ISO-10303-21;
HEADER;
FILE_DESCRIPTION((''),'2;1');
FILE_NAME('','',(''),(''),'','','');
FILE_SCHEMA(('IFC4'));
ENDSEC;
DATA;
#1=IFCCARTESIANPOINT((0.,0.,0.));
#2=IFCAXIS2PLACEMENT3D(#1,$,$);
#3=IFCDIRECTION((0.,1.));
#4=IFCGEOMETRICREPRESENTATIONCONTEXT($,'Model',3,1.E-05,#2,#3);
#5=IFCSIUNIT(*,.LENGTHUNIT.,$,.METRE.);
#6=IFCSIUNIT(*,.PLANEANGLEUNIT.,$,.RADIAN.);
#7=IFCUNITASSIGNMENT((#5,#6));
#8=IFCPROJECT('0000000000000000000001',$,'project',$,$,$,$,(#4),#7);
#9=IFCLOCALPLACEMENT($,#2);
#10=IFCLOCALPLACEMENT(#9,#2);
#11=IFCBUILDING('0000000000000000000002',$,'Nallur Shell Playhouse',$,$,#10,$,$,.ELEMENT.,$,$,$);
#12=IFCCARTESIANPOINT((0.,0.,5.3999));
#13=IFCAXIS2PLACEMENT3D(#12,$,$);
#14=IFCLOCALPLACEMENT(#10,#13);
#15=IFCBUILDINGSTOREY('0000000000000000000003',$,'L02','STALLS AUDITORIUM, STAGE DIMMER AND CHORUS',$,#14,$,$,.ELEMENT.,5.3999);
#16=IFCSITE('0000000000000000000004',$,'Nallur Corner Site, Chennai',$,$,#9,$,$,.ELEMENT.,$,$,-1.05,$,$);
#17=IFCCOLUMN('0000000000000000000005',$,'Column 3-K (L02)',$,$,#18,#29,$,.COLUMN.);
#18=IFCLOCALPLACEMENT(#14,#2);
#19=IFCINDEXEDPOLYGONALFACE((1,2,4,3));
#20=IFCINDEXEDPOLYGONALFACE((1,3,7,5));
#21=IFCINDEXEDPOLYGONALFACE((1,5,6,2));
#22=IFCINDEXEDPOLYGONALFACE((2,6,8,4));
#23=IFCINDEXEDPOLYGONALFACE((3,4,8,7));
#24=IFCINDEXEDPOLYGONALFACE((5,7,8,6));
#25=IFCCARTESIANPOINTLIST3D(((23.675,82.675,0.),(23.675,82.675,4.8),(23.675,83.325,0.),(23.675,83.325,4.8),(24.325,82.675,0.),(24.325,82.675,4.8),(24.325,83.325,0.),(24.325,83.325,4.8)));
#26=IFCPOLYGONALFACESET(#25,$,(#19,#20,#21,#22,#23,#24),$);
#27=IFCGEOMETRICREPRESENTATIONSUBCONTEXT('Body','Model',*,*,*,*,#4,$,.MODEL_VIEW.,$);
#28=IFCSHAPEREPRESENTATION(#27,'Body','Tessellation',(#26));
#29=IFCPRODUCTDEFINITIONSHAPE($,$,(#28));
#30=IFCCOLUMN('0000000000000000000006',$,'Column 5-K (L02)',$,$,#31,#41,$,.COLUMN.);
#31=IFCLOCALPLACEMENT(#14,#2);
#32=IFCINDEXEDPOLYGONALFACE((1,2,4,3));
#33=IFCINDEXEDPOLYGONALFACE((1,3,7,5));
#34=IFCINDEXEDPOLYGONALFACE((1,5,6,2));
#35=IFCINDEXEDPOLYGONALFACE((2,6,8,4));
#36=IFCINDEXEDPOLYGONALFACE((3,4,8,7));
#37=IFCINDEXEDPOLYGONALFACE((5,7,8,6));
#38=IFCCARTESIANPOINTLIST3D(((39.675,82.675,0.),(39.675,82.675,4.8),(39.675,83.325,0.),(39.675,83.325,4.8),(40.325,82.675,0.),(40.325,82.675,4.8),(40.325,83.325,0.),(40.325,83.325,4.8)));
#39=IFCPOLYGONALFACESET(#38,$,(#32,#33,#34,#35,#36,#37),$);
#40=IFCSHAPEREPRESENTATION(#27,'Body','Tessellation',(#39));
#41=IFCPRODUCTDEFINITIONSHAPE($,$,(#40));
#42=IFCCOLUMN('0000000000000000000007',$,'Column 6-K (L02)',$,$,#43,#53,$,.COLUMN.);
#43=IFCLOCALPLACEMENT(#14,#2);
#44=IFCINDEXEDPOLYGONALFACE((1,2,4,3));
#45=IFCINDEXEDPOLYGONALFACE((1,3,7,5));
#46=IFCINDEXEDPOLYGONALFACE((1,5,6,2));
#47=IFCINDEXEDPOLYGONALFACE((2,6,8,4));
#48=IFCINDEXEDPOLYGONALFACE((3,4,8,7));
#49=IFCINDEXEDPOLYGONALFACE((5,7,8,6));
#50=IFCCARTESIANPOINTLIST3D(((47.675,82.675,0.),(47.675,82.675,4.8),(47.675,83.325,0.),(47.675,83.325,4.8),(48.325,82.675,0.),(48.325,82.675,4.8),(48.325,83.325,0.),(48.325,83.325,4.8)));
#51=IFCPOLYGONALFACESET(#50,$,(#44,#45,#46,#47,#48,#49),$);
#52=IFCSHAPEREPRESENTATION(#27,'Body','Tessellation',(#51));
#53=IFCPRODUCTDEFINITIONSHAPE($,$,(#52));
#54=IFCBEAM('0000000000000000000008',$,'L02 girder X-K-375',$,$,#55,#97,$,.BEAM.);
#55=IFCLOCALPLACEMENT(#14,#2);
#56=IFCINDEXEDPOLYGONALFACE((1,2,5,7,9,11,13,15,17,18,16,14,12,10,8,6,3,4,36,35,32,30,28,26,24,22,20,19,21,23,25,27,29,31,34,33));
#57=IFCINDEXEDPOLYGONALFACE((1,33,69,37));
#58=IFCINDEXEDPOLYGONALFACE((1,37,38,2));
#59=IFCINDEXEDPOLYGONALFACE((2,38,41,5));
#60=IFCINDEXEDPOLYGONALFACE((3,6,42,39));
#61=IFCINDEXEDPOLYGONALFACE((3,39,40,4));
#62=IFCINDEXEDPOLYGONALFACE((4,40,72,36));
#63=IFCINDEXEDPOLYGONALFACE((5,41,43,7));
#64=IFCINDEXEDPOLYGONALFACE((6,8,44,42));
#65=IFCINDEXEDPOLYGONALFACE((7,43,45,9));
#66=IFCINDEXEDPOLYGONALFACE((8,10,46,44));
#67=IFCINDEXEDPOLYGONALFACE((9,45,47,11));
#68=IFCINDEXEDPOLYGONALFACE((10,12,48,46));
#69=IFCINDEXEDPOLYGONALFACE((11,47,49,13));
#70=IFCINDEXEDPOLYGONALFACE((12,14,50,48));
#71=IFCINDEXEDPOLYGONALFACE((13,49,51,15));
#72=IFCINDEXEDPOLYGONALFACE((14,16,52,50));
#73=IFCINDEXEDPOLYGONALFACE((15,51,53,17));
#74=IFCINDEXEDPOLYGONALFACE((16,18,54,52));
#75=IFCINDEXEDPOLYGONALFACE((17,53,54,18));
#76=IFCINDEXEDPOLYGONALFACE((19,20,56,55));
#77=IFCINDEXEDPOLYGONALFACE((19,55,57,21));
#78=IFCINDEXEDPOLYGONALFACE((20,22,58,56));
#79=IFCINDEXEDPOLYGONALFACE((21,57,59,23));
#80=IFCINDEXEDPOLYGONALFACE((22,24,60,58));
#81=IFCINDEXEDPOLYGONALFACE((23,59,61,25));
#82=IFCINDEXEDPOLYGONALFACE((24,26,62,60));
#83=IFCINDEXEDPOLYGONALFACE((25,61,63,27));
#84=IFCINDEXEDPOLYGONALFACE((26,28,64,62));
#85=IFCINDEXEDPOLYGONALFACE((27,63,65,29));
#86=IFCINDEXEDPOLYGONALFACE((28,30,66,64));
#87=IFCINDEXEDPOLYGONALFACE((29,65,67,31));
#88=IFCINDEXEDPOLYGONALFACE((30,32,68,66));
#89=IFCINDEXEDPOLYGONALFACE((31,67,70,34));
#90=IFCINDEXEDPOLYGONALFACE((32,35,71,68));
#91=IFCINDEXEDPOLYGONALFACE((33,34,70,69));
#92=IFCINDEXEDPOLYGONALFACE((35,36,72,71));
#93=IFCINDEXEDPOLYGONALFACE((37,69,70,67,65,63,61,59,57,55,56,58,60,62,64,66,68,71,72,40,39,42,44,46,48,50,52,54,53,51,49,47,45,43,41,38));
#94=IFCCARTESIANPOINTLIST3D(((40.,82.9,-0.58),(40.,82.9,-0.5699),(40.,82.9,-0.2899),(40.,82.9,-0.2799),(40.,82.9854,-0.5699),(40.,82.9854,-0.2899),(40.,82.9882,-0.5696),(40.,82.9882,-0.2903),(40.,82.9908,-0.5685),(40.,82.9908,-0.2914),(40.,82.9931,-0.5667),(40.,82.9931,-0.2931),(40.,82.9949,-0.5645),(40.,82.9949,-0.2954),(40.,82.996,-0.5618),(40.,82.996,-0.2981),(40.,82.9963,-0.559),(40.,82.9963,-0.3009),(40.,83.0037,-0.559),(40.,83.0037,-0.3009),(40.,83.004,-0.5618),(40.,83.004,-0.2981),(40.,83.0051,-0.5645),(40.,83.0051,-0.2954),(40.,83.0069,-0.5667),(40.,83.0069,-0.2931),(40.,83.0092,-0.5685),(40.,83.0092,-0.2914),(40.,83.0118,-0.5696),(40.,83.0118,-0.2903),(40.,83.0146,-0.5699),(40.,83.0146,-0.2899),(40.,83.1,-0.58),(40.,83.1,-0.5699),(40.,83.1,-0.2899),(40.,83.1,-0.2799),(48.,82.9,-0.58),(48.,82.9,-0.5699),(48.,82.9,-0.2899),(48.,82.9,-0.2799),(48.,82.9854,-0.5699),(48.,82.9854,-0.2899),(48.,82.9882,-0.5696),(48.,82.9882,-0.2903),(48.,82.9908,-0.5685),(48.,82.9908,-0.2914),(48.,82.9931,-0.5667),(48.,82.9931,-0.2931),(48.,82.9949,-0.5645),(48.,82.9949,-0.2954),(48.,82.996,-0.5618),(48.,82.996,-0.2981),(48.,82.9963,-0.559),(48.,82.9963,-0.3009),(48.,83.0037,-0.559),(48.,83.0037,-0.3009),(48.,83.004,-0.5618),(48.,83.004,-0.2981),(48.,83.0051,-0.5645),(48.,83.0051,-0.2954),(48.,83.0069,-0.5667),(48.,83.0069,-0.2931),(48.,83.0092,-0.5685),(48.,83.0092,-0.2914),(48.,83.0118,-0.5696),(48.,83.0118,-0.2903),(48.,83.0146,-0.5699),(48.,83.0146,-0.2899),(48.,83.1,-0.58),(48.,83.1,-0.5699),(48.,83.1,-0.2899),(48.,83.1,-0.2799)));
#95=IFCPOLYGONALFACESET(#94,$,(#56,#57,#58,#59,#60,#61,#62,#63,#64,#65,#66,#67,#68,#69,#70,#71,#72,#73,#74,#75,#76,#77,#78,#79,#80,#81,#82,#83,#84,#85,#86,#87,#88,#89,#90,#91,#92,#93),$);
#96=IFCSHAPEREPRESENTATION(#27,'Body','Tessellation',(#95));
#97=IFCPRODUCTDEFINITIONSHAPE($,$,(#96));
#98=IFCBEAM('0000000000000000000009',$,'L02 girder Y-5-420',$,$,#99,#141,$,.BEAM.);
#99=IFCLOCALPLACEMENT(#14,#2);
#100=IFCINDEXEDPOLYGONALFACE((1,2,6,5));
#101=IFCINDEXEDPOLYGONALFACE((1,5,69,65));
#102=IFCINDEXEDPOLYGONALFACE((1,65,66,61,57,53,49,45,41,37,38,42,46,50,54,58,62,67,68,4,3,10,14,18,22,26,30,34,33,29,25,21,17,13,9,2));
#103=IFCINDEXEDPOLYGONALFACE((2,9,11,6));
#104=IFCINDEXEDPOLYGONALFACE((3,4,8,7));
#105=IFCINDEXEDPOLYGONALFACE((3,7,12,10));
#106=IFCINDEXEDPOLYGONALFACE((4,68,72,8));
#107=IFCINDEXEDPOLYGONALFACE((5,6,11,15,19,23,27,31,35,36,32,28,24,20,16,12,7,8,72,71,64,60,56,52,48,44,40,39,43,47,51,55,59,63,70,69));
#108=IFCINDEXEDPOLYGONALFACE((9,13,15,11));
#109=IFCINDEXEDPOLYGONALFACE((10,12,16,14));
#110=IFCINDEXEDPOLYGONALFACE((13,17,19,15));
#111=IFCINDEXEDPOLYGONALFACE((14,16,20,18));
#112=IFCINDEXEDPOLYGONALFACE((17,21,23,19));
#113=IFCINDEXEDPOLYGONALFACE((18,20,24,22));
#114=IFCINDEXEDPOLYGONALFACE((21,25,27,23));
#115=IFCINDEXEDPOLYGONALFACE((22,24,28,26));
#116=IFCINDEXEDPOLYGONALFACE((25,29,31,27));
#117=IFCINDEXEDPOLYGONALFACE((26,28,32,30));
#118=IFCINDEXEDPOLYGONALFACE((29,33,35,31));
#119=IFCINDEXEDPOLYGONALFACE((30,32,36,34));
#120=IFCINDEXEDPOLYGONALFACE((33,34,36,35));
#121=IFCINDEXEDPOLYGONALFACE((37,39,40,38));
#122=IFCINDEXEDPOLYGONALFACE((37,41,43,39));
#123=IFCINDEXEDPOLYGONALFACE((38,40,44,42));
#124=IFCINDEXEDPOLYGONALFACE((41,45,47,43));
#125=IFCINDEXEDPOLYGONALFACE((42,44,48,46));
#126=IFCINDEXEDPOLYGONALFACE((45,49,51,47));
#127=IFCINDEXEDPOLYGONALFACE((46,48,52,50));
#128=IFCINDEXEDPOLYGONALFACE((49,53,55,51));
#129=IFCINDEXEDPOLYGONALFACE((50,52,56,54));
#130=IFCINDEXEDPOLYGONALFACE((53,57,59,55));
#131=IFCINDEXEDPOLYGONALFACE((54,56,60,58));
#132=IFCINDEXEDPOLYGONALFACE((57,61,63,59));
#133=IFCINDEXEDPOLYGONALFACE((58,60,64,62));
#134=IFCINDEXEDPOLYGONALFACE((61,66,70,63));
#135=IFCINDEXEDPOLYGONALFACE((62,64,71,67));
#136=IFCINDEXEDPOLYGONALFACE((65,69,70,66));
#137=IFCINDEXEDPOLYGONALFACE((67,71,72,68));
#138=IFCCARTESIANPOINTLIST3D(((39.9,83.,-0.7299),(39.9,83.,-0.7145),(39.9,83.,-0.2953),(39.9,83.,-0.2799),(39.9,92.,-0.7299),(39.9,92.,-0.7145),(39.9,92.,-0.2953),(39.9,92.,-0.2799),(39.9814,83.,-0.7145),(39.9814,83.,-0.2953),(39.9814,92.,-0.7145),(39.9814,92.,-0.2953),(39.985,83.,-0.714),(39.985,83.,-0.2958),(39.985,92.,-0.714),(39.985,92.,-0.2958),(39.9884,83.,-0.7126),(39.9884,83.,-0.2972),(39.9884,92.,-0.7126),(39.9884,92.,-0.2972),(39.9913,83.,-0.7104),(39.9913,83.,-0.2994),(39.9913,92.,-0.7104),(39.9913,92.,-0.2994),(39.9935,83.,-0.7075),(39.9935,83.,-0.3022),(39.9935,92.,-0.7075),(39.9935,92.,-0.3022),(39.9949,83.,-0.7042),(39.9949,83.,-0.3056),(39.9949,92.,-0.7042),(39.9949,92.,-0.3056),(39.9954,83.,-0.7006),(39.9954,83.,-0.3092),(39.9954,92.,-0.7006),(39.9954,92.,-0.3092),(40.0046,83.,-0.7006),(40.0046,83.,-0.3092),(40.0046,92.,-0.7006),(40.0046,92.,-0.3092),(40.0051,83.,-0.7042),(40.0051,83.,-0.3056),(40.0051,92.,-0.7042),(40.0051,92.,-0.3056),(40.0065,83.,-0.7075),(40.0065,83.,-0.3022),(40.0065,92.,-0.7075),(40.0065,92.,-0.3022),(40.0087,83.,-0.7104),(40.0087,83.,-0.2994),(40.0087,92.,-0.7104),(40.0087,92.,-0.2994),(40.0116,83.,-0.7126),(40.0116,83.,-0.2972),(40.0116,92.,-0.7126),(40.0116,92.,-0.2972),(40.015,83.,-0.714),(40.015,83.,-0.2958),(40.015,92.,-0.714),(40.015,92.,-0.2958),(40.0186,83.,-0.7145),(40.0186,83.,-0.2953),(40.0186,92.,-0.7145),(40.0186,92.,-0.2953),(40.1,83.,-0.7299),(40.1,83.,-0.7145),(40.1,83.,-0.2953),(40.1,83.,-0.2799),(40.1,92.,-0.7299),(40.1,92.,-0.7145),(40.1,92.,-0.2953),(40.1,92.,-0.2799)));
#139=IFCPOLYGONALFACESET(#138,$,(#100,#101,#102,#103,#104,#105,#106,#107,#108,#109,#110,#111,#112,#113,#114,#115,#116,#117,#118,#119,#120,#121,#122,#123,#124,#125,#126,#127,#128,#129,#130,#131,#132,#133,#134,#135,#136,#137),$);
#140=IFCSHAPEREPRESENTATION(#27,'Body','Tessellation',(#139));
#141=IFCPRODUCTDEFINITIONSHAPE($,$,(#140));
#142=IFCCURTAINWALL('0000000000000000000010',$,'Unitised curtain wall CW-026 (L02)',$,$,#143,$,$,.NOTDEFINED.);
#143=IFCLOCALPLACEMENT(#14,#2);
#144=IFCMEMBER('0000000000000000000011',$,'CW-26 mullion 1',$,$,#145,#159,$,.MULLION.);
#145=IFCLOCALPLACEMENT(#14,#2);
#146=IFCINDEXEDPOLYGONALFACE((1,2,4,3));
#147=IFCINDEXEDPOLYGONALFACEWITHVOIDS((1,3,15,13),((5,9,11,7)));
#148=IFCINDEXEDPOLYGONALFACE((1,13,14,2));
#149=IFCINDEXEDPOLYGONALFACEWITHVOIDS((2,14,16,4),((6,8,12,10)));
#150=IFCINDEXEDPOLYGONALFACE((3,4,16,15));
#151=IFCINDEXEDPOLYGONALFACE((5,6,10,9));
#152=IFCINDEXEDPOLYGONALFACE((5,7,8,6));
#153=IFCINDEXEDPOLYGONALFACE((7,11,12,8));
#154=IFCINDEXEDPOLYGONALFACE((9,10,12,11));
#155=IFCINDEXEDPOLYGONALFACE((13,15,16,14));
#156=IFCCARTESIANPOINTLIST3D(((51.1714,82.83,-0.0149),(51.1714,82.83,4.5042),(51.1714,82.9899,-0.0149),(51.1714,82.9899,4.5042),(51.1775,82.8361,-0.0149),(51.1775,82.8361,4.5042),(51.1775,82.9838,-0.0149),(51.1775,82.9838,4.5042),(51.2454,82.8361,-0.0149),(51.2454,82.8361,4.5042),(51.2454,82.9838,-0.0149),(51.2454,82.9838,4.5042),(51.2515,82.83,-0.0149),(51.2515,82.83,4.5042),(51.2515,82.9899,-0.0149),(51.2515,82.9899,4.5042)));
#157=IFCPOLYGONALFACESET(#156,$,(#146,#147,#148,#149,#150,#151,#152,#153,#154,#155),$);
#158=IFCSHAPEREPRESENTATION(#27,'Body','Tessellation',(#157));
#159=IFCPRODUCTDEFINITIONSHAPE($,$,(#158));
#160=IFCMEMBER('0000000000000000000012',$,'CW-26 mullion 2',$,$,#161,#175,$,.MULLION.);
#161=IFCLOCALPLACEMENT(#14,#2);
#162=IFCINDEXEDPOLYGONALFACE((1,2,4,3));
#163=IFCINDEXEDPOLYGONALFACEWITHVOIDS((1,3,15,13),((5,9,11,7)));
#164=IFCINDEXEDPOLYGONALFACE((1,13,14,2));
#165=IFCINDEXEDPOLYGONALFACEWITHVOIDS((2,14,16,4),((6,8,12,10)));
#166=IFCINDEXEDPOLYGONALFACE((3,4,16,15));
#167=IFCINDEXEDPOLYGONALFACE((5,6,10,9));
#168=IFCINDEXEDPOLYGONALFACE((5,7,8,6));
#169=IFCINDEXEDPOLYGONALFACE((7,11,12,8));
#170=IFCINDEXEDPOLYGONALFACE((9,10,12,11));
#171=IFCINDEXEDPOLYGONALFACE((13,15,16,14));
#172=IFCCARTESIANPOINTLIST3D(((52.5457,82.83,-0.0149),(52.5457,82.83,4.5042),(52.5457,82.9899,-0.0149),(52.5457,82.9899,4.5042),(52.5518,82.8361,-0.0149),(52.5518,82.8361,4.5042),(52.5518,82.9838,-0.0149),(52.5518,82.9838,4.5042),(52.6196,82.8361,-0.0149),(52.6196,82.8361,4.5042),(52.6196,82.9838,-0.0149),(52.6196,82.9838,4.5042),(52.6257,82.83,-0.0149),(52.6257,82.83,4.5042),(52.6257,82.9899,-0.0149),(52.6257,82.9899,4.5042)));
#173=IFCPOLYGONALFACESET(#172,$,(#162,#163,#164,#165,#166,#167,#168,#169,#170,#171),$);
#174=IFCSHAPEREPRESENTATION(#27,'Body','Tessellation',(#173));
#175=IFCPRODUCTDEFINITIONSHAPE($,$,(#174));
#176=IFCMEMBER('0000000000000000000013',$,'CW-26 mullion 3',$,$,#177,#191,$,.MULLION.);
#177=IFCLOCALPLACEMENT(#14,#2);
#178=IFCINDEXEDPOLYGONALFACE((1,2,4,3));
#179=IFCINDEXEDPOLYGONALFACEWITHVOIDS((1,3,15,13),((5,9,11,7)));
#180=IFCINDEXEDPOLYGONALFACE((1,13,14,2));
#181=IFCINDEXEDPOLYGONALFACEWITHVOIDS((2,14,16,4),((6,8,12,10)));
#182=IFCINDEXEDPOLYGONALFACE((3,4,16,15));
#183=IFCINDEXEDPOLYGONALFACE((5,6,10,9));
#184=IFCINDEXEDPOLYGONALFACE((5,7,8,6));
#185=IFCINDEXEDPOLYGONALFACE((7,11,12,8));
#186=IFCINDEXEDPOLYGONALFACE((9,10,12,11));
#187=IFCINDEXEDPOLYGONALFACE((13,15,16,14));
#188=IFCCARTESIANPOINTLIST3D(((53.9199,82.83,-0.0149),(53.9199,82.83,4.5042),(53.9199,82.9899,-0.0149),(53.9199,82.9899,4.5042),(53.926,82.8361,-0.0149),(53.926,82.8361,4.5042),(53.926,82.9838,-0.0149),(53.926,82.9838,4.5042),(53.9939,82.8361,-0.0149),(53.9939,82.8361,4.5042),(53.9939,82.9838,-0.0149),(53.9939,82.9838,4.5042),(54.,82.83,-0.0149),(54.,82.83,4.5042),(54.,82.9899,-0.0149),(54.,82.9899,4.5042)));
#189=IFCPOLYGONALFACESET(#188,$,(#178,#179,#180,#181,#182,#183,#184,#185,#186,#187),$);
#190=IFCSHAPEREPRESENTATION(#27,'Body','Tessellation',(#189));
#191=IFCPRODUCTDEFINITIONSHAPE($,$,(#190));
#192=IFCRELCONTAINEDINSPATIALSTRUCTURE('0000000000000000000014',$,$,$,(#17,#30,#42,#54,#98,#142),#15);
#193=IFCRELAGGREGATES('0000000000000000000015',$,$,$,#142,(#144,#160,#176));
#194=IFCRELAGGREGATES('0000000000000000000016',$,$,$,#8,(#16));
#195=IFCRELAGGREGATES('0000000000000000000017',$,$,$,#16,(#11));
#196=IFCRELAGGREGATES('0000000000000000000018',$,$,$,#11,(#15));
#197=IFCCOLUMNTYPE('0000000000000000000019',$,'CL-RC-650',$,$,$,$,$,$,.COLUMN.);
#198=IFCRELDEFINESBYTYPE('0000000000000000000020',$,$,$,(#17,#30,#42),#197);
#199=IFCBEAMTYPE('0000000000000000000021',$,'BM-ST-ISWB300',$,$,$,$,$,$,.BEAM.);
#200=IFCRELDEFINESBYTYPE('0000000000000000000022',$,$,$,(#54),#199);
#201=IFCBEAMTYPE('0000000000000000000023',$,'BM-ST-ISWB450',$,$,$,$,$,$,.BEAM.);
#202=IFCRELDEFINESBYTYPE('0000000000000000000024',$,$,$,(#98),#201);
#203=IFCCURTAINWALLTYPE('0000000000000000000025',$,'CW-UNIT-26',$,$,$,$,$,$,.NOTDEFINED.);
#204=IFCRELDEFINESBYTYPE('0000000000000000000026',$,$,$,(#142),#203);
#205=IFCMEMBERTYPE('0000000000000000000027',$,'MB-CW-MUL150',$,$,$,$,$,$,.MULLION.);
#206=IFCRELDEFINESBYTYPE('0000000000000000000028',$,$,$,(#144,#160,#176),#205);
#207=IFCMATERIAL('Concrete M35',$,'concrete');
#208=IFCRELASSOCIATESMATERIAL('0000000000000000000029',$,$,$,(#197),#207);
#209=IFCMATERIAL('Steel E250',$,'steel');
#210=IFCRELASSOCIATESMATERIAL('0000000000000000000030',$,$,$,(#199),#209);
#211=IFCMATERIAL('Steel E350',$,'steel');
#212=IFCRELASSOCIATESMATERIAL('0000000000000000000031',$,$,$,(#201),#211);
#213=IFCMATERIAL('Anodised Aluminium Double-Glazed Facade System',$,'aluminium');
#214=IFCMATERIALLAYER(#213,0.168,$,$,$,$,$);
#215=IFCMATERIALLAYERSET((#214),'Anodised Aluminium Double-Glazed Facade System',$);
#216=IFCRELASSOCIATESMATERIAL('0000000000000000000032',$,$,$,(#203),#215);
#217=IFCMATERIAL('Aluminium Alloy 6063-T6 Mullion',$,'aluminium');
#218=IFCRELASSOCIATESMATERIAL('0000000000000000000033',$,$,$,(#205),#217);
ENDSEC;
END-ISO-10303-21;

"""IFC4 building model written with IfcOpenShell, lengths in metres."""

from ifc_helpers import new_model, si_unit, direction, frame, origin, origin_2d, place, context, subcontext, project, spatial, rectangle, hollow_rectangle, i_section, extrude, material, layer, layer_set, material_profile, profile_set, type_object, element, aggregate, save


model = new_model("IFC4")

# Units and contexts
model_context = context("Model", 3, precision=1e-05, world=origin(), true_north=direction((0.0, 1.0)))
body_context = subcontext(model_context, "Body", "Model", "MODEL_VIEW")
ifc_project = project(units=[si_unit("LENGTHUNIT", "METRE"), si_unit("PLANEANGLEUNIT", "RADIAN")], contexts=[model_context])

# Site, building, storey
site_placement = place(None, origin())
site = spatial("IfcSite", under=ifc_project, at=site_placement, Name="Nallur Corner Site, Chennai", CompositionType="ELEMENT", RefElevation=-1.05)
building_placement = place(site_placement, origin())
building = spatial("IfcBuilding", under=site, at=building_placement, Name="Nallur Shell Playhouse", CompositionType="ELEMENT")
storey_placement = place(building_placement, frame((0.0, 0.0, 5.3999)))
storey = spatial("IfcBuildingStorey", under=building, at=storey_placement, Name="L02", Description="STALLS AUDITORIUM, STAGE DIMMER AND CHORUS", CompositionType="ELEMENT", Elevation=5.3999)

# Columns
ifc_material_1 = material(Name="Concrete M35", Category="concrete")
ifc_material_profile_1 = material_profile(ifc_material_1, rectangle(XDim=0.6499, YDim=0.6499, at=origin_2d()), Name="RC 650x650")
ifc_profile_set_1 = profile_set([ifc_material_profile_1], Name="Concrete M35")
column_type = type_object("IfcColumnType", Name="CL-RC-650", PredefinedType="COLUMN", material=ifc_profile_set_1)
for number, where, z_axis, x_axis, name in (
    (1, (24.0, 83.0, 0.0), (0.0, 0.0, 1.0), (1.0, 0.0, 0.0), "Column 3-K (L02)"),
    (2, (40.0, 83.0, 0.0), (0.0, 0.0, 1.0), (1.0, 0.0, 0.0), "Column 5-K (L02)"),
    (3, (48.0, 83.0, 0.0), (0.0, 0.0, 1.0), (1.0, 0.0, 0.0), "Column 6-K (L02)"),
):
    element("IfcColumn", number, at=place(storey_placement, frame(where, z_axis=z_axis, x_axis=x_axis)), inside=storey, type_object=column_type, Name=name, PredefinedType="COLUMN", context=body_context, shape_type="SweptSolid", body=[
        extrude(rectangle(XDim=0.6499, YDim=0.6499, at=origin_2d()), origin(), (0.0, 0.0, 1.0), 4.8),
    ])

# Beams
ifc_material_2 = material(Name="Steel E250", Category="steel")
ifc_material_profile_2 = material_profile(ifc_material_2, i_section(OverallWidth=0.2, OverallDepth=0.3, WebThickness=0.0073, FlangeThickness=0.01, FilletRadius=0.011, at=origin_2d()), Name="ISWB 300")
ifc_profile_set_2 = profile_set([ifc_material_profile_2], Name="Steel E250")
beam_type_1 = type_object("IfcBeamType", Name="BM-ST-ISWB300", PredefinedType="BEAM", material=ifc_profile_set_2)
beam_1_placement = place(storey_placement, frame((40.0, 83.0, -0.4299), z_axis=(1.0, 0.0, 0.0), x_axis=(0.0, 1.0, 0.0)))
element("IfcBeam", 4, at=beam_1_placement, inside=storey, type_object=beam_type_1, Name="L02 girder X-K-375", PredefinedType="BEAM", context=body_context, shape_type="SweptSolid", body=[
    extrude(i_section(OverallWidth=0.2, OverallDepth=0.3, WebThickness=0.0073, FlangeThickness=0.01, FilletRadius=0.011, at=origin_2d()), origin(), (0.0, 0.0, 1.0), 8.0),
])
ifc_material_3 = material(Name="Steel E350", Category="steel")
ifc_material_profile_3 = material_profile(ifc_material_3, i_section(OverallWidth=0.2, OverallDepth=0.45, WebThickness=0.0093, FlangeThickness=0.0154, FilletRadius=0.0139, at=origin_2d()), Name="ISWB 450")
ifc_profile_set_3 = profile_set([ifc_material_profile_3], Name="Steel E350")
beam_type_2 = type_object("IfcBeamType", Name="BM-ST-ISWB450", PredefinedType="BEAM", material=ifc_profile_set_3)
beam_2_placement = place(storey_placement, frame((40.0, 83.0, -0.5049), z_axis=(0.0, 1.0, 0.0), x_axis=(-1.0, 0.0, 0.0)))
element("IfcBeam", 5, at=beam_2_placement, inside=storey, type_object=beam_type_2, Name="L02 girder Y-5-420", PredefinedType="BEAM", context=body_context, shape_type="SweptSolid", body=[
    extrude(i_section(OverallWidth=0.2, OverallDepth=0.45, WebThickness=0.0093, FlangeThickness=0.0154, FilletRadius=0.0139, at=origin_2d()), origin(), (0.0, 0.0, 1.0), 9.0),
])

# Curtain wall, members
ifc_material_4 = material(Name="Anodised Aluminium Double-Glazed Facade System", Category="aluminium")
ifc_layer_1 = layer(ifc_material_4, 0.168)
ifc_layer_set_1 = layer_set([ifc_layer_1], Name="Anodised Aluminium Double-Glazed Facade System")
curtain_wall_type_1 = type_object("IfcCurtainWallType", Name="CW-UNIT-26", PredefinedType="NOTDEFINED", material=ifc_layer_set_1)
curtain_wall_1_placement = place(storey_placement, origin())
curtain_wall_1 = element("IfcCurtainWall", 6, at=curtain_wall_1_placement, inside=storey, type_object=curtain_wall_type_1, Name="Unitised curtain wall CW-026 (L02)", PredefinedType="NOTDEFINED")
ifc_material_5 = material(Name="Aluminium Alloy 6063-T6 Mullion", Category="aluminium")
ifc_material_profile_4 = material_profile(ifc_material_5, hollow_rectangle(XDim=0.0801, YDim=0.1599, WallThickness=0.0061, at=origin_2d()), Name="RHS 160x80x6")
ifc_profile_set_4 = profile_set([ifc_material_profile_4], Name="Aluminium Alloy 6063-T6 Mullion")
member_type_1 = type_object("IfcMemberType", Name="MB-CW-MUL150", PredefinedType="MULLION", material=ifc_profile_set_4)
member_1_placement = place(storey_placement, frame((51.2114, 82.9099, -0.0149), z_axis=(0.0, 0.0, 1.0), x_axis=(1.0, 0.0, 0.0)))
member_1 = element("IfcMember", 7, at=member_1_placement, type_object=member_type_1, Name="CW-26 mullion 1", PredefinedType="MULLION", context=body_context, shape_type="SweptSolid", body=[
    extrude(hollow_rectangle(XDim=0.0801, YDim=0.1599, WallThickness=0.0061, at=origin_2d()), origin(), (0.0, 0.0, 1.0), 4.519),
])
member_2_placement = place(storey_placement, frame((52.5857, 82.9099, -0.0149), z_axis=(0.0, 0.0, 1.0), x_axis=(1.0, 0.0, 0.0)))
member_2 = element("IfcMember", 8, at=member_2_placement, type_object=member_type_1, Name="CW-26 mullion 2", PredefinedType="MULLION", context=body_context, shape_type="SweptSolid", body=[
    extrude(hollow_rectangle(XDim=0.0801, YDim=0.1599, WallThickness=0.0061, at=origin_2d()), origin(), (0.0, 0.0, 1.0), 4.519),
])
member_3_placement = place(storey_placement, frame((53.96, 82.9099, -0.0149), z_axis=(0.0, 0.0, 1.0), x_axis=(1.0, 0.0, 0.0)))
member_3 = element("IfcMember", 9, at=member_3_placement, type_object=member_type_1, Name="CW-26 mullion 3", PredefinedType="MULLION", context=body_context, shape_type="SweptSolid", body=[
    extrude(hollow_rectangle(XDim=0.0801, YDim=0.1599, WallThickness=0.0061, at=origin_2d()), origin(), (0.0, 0.0, 1.0), 4.519),
])

aggregate(curtain_wall_1, [member_1, member_2, member_3])

save(model, "model.ifc")
